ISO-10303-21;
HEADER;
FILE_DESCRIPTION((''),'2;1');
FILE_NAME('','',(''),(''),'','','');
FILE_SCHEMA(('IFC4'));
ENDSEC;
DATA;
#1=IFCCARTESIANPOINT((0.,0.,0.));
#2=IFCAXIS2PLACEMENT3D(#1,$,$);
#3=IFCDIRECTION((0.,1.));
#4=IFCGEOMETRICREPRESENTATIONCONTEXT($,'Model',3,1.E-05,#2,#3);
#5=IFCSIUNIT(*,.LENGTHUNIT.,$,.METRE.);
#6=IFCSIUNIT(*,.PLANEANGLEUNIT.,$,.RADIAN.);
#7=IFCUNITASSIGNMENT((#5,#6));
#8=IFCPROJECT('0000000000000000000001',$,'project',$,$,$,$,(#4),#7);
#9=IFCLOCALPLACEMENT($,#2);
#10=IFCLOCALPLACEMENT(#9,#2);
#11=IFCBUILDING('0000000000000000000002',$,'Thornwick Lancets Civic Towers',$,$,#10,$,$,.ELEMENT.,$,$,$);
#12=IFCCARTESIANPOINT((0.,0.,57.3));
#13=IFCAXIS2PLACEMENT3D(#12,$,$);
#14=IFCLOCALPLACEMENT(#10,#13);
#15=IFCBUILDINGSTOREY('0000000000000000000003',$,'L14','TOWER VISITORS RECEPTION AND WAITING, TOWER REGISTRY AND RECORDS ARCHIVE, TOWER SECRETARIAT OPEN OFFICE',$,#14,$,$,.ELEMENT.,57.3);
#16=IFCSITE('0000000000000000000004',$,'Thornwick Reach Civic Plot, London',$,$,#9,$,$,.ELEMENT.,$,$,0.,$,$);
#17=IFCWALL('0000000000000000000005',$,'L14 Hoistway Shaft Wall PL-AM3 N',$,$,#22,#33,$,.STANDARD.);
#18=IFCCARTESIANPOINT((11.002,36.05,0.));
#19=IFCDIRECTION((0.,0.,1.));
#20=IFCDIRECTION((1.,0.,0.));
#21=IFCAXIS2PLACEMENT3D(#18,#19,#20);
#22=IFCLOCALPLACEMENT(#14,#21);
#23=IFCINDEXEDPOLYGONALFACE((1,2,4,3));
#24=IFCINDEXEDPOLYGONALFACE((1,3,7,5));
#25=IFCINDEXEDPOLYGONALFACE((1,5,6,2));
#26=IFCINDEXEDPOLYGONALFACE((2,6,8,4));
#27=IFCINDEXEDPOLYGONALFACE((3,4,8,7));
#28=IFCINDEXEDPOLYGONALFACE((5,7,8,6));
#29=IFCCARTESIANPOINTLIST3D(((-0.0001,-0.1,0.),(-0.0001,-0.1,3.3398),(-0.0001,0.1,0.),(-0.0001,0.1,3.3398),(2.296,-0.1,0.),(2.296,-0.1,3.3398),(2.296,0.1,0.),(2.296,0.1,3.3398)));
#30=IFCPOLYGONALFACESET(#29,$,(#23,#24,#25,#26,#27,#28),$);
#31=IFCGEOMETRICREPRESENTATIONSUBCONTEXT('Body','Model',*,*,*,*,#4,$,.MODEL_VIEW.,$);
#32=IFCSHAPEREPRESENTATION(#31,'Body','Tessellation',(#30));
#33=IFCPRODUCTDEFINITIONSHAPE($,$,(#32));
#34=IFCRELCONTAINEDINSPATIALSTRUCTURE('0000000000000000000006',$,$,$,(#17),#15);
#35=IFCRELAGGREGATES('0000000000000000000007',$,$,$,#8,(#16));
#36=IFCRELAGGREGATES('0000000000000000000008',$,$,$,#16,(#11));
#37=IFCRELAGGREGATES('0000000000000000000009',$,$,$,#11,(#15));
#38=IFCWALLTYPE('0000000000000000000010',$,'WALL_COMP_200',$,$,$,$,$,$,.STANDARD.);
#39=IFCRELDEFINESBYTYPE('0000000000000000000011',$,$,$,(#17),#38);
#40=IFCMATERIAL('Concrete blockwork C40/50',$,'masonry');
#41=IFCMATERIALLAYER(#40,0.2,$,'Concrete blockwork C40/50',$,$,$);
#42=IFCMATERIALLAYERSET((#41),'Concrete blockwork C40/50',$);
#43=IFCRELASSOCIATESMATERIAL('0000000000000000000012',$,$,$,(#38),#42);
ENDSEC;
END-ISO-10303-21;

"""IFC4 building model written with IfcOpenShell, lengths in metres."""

from ifc_helpers import new_model, si_unit, direction, frame, frame_2d, origin, place, context, subcontext, project, spatial, rectangle, extrude, material, layer, layer_set, type_object, element, save


model = new_model("IFC4")

# Units and contexts
model_context = context("Model", 3, precision=1e-05, world=origin(), true_north=direction((0.0, 1.0)))
body_context = subcontext(model_context, "Body", "Model", "MODEL_VIEW")
ifc_project = project(units=[si_unit("LENGTHUNIT", "METRE"), si_unit("PLANEANGLEUNIT", "RADIAN")], contexts=[model_context])

# Site, building, storey
site_placement = place(None, origin())
site = spatial("IfcSite", under=ifc_project, at=site_placement, Name="Thornwick Reach Civic Plot, London", CompositionType="ELEMENT", RefElevation=0.0)
building_placement = place(site_placement, origin())
building = spatial("IfcBuilding", under=site, at=building_placement, Name="Thornwick Lancets Civic Towers", CompositionType="ELEMENT")
storey_placement = place(building_placement, frame((0.0, 0.0, 57.3)))
storey = spatial("IfcBuildingStorey", under=building, at=storey_placement, Name="L14", Description="TOWER VISITORS RECEPTION AND WAITING, TOWER REGISTRY AND RECORDS ARCHIVE, TOWER SECRETARIAT OPEN OFFICE", CompositionType="ELEMENT", Elevation=57.3)

# Shared definitions
ifc_material_1 = material(Name="Concrete blockwork C40/50", Category="masonry")
ifc_layer_1 = layer(ifc_material_1, 0.2, Name="Concrete blockwork C40/50")
ifc_layer_set_1 = layer_set([ifc_layer_1], Name="Concrete blockwork C40/50")
wall_type_1 = type_object("IfcWallType", Name="WALL_COMP_200", PredefinedType="STANDARD", material=ifc_layer_set_1)

# Wall
wall_1_placement = place(storey_placement, frame((11.002, 36.05, 0.0), z_axis=(0.0, 0.0, 1.0), x_axis=(1.0, 0.0, 0.0)))
element("IfcWall", 1, at=wall_1_placement, inside=storey, type_object=wall_type_1, Name="L14 Hoistway Shaft Wall PL-AM3 N", PredefinedType="STANDARD", context=body_context, shape_type="SweptSolid", body=[
    extrude(rectangle(XDim=2.2961, YDim=0.2, at=frame_2d((1.1479, 0.0))), origin(), (0.0, 0.0, 1.0), 3.3398),
])

save(model, "model.ifc")
